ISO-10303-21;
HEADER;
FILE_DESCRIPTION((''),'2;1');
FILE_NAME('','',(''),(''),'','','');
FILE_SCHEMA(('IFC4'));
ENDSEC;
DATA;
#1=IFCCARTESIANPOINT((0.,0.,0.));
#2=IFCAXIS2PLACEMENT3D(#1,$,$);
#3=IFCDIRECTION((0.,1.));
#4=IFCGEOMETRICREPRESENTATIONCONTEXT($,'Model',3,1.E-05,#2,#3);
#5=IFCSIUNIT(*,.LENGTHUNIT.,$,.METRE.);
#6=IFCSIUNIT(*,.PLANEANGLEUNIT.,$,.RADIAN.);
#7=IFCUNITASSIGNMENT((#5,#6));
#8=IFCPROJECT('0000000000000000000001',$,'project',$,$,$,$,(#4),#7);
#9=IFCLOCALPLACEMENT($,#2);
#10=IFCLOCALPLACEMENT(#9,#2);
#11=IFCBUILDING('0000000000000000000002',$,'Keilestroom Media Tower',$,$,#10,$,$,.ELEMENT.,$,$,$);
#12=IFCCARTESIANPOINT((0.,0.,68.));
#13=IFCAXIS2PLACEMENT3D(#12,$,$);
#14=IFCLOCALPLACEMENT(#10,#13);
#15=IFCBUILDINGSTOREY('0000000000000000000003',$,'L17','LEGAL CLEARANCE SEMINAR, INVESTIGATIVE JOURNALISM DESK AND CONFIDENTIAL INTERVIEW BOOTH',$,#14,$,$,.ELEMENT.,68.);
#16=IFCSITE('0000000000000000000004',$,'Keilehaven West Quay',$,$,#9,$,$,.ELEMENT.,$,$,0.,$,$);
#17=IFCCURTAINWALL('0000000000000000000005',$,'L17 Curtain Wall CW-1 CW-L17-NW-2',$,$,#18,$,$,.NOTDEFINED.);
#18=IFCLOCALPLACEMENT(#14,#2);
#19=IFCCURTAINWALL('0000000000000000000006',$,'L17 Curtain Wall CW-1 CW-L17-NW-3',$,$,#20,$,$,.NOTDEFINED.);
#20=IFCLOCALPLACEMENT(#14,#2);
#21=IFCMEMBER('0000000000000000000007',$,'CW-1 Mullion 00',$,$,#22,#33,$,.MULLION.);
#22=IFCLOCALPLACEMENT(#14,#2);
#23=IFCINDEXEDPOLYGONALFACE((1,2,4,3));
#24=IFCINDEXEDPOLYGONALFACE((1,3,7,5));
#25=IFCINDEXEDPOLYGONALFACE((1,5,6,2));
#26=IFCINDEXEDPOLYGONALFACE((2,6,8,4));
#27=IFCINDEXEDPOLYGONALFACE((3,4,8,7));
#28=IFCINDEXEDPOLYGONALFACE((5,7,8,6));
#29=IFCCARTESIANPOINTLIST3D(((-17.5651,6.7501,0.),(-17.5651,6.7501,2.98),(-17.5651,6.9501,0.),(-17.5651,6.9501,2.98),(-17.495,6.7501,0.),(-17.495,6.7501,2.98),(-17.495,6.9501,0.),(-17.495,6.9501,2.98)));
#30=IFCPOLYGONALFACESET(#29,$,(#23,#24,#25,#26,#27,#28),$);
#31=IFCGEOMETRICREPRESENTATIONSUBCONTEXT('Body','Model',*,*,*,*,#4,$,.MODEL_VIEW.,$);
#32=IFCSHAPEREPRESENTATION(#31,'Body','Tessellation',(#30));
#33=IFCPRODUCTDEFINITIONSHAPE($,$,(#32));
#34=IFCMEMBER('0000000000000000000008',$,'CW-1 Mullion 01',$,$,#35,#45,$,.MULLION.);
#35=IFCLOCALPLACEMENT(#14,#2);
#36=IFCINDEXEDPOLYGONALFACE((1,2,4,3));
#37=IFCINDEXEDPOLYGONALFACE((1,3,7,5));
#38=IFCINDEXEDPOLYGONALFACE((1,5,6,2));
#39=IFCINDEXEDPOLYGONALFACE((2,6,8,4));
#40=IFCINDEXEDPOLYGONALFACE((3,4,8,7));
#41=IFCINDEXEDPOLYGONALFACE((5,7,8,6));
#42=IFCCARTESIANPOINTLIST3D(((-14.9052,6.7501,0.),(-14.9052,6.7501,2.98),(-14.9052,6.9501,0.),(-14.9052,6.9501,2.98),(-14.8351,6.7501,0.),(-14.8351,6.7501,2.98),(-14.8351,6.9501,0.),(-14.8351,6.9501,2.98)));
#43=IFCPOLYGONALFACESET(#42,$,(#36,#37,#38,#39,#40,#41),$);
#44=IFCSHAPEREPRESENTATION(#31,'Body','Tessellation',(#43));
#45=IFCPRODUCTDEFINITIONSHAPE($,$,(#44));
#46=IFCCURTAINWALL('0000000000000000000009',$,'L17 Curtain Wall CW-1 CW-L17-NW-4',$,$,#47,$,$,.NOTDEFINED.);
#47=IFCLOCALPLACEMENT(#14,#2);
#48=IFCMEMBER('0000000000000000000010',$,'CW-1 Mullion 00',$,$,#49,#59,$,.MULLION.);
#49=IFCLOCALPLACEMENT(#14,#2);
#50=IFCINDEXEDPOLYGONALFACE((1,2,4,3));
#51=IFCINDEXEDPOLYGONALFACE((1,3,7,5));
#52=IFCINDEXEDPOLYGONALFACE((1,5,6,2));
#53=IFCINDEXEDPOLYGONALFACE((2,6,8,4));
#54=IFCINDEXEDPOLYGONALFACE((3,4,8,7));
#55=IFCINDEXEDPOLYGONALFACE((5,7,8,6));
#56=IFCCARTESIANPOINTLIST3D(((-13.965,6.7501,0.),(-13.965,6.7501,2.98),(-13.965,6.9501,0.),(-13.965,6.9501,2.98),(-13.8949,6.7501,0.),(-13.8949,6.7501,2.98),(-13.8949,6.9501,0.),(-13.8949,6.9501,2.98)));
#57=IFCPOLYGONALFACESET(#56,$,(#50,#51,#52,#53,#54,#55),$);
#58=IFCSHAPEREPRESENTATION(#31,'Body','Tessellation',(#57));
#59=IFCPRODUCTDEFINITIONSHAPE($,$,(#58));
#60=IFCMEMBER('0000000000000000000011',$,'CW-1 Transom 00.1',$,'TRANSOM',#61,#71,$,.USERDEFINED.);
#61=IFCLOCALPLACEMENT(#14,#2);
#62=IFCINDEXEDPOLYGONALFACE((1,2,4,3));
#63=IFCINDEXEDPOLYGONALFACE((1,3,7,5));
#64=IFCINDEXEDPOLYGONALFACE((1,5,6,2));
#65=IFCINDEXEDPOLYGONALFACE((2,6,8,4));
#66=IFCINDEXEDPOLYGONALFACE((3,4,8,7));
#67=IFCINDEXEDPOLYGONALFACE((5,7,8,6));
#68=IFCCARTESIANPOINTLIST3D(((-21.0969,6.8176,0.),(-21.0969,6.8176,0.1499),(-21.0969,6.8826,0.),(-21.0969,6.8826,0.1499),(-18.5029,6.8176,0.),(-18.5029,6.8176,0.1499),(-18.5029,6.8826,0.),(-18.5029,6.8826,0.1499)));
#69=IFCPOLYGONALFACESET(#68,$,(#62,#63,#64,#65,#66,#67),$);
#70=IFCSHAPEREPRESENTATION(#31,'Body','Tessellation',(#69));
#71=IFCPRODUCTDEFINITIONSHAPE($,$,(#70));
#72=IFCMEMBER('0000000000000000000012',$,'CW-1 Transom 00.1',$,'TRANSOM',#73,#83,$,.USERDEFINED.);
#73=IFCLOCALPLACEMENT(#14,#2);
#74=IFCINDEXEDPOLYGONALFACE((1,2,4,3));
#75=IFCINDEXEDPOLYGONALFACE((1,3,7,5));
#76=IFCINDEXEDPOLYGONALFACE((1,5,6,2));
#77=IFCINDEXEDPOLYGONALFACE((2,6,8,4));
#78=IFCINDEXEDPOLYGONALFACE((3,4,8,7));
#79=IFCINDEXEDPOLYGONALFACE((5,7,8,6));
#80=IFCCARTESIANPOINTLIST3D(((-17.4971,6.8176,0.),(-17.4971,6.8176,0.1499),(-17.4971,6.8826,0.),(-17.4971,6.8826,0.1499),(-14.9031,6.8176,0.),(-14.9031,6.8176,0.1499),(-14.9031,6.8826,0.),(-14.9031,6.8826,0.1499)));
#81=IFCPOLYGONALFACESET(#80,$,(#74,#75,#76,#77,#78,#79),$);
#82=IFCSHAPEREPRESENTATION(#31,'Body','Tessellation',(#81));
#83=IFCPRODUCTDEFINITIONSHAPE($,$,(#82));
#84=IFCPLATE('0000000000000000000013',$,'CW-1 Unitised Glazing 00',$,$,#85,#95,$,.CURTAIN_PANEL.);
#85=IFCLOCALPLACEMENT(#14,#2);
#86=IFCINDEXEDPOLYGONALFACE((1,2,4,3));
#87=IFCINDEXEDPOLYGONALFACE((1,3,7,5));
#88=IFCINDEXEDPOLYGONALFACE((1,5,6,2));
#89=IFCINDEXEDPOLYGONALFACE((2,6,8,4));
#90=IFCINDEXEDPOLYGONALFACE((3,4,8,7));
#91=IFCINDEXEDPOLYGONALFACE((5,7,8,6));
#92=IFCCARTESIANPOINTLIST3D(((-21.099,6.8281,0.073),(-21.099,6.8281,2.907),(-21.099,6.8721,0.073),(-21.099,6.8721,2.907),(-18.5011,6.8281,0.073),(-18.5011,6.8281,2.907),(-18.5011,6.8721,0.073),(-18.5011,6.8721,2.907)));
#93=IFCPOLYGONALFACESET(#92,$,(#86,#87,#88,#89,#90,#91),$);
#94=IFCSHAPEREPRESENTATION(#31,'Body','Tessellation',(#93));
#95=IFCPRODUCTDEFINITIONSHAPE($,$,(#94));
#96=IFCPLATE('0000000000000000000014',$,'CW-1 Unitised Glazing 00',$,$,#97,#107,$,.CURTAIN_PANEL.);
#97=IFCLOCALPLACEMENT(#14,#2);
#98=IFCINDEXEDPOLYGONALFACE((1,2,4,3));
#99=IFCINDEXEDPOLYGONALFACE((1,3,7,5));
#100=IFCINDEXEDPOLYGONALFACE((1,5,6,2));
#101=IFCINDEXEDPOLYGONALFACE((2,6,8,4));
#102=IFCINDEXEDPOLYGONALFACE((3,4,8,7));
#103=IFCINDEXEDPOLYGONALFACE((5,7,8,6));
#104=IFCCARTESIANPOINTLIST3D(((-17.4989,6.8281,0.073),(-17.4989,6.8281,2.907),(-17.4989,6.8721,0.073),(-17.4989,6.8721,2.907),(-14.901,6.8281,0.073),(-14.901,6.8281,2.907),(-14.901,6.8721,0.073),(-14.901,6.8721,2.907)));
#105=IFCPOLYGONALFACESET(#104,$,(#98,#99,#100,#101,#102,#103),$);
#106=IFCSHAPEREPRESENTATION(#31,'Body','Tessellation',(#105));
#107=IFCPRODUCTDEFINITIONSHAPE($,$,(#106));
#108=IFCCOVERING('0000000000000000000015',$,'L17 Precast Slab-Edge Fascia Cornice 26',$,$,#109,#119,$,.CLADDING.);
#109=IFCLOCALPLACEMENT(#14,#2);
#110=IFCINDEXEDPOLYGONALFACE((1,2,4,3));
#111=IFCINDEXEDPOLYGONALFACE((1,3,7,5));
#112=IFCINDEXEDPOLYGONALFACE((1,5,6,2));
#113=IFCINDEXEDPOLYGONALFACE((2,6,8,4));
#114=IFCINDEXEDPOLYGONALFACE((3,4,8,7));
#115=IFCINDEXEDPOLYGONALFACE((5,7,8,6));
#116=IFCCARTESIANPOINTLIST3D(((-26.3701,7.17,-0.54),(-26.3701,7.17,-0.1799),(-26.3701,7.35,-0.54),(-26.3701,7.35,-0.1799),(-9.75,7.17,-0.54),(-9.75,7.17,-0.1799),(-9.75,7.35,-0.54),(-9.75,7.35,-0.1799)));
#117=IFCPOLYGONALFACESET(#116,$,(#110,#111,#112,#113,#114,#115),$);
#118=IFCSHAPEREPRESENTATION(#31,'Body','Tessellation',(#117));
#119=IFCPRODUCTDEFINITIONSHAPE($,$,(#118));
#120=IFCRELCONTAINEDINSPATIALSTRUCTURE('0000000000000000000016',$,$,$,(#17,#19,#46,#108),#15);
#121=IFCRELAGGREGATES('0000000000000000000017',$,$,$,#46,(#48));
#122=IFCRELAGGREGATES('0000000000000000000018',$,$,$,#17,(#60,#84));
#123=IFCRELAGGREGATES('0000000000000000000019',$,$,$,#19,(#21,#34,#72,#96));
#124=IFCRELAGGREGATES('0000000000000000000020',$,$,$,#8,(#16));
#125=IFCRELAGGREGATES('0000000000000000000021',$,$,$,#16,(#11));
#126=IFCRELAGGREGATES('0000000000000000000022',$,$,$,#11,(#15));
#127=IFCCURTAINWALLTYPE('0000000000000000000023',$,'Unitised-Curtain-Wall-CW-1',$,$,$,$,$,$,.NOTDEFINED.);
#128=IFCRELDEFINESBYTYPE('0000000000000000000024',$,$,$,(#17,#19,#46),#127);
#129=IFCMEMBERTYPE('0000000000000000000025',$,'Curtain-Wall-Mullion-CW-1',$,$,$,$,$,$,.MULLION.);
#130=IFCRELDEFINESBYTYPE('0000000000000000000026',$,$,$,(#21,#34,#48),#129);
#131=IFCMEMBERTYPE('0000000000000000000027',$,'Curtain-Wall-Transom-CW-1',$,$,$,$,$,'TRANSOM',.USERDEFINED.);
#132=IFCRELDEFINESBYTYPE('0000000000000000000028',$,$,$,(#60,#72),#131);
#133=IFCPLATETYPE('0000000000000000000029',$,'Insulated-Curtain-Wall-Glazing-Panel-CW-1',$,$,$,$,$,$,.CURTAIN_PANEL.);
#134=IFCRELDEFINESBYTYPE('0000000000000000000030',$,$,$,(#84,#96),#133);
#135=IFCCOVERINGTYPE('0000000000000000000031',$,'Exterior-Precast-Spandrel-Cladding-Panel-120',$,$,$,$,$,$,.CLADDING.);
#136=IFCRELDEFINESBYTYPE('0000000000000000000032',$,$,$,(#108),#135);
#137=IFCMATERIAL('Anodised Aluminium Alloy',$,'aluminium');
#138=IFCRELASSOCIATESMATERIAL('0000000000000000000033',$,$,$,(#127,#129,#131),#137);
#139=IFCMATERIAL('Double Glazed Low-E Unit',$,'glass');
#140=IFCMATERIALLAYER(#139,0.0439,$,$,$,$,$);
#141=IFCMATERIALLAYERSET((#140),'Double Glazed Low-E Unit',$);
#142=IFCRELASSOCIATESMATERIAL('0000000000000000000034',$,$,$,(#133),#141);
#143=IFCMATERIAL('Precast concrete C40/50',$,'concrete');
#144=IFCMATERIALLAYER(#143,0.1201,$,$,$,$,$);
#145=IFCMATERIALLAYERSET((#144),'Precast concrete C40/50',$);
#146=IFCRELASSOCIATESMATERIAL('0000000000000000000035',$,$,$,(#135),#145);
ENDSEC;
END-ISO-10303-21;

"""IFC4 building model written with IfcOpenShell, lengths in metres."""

from ifc_helpers import new_model, si_unit, direction, frame, origin, origin_2d, place, context, subcontext, project, spatial, rectangle, extrude, source, transform, mapped, material, layer, layer_set, material_profile, profile_set, type_object, element, aggregate, save


model = new_model("IFC4")

# Units and contexts
model_context = context("Model", 3, precision=1e-05, world=origin(), true_north=direction((0.0, 1.0)))
body_context = subcontext(model_context, "Body", "Model", "MODEL_VIEW")
ifc_project = project(units=[si_unit("LENGTHUNIT", "METRE"), si_unit("PLANEANGLEUNIT", "RADIAN")], contexts=[model_context])

# Site, building, storey
site_placement = place(None, origin())
site = spatial("IfcSite", under=ifc_project, at=site_placement, Name="Keilehaven West Quay", CompositionType="ELEMENT", RefElevation=0.0)
building_placement = place(site_placement, origin())
building = spatial("IfcBuilding", under=site, at=building_placement, Name="Keilestroom Media Tower", CompositionType="ELEMENT")
storey_placement = place(building_placement, frame((0.0, 0.0, 68.0)))
storey = spatial("IfcBuildingStorey", under=building, at=storey_placement, Name="L17", Description="LEGAL CLEARANCE SEMINAR, INVESTIGATIVE JOURNALISM DESK AND CONFIDENTIAL INTERVIEW BOOTH", CompositionType="ELEMENT", Elevation=68.0)

# Shared definitions
ifc_material_1 = material(Name="Precast concrete C40/50", Category="concrete")

# Shared definitions
ifc_material_2 = material(Name="Anodised Aluminium Alloy", Category="aluminium")
curtain_wall_type = type_object("IfcCurtainWallType", Name="Unitised-Curtain-Wall-CW-1", PredefinedType="NOTDEFINED", material=ifc_material_2)
ifc_material_profile_1 = material_profile(ifc_material_2, rectangle(XDim=0.0701, YDim=0.2, at=origin_2d()), Name="ALU MULLION 70x200")
ifc_profile_set_1 = profile_set([ifc_material_profile_1], Name="Anodised Aluminium Alloy")
member_type_1 = type_object("IfcMemberType", Name="Curtain-Wall-Mullion-CW-1", PredefinedType="MULLION", material=ifc_profile_set_1)
shared_shape_1 = source(origin(), body_context, "Body", "SweptSolid", [
    extrude(rectangle(XDim=0.0701, YDim=0.2, at=origin_2d()), origin(), (0.0, 0.0, 1.0), 2.98),
])

# Curtain walls, members
curtain_wall_1_placement = place(storey_placement, origin())
curtain_wall_1 = element("IfcCurtainWall", 1, at=curtain_wall_1_placement, inside=storey, type_object=curtain_wall_type, Name="L17 Curtain Wall CW-1 CW-L17-NW-2", PredefinedType="NOTDEFINED")
curtain_wall_2_placement = place(storey_placement, origin())
curtain_wall_2 = element("IfcCurtainWall", 2, at=curtain_wall_2_placement, inside=storey, type_object=curtain_wall_type, Name="L17 Curtain Wall CW-1 CW-L17-NW-3", PredefinedType="NOTDEFINED")
member_1_placement = place(storey_placement, frame((-17.53, 6.8501, 0.0), z_axis=(0.0, 0.0, 1.0), x_axis=(1.0, 0.0, 0.0)))
member_1 = element("IfcMember", 3, at=member_1_placement, type_object=member_type_1, Name="CW-1 Mullion 00", PredefinedType="MULLION", context=body_context, shape_type="MappedRepresentation", body=[
    mapped(shared_shape_1, transform((0.0, 0.0, 0.0), x_axis=(1.0, 0.0, 0.0), y_axis=(0.0, 1.0, 0.0), z_axis=(0.0, 0.0, 1.0), scale=1.0)),
])
member_2_placement = place(storey_placement, frame((-14.8701, 6.8501, 0.0), z_axis=(0.0, 0.0, 1.0), x_axis=(1.0, 0.0, 0.0)))
member_2 = element("IfcMember", 4, at=member_2_placement, type_object=member_type_1, Name="CW-1 Mullion 01", PredefinedType="MULLION", context=body_context, shape_type="MappedRepresentation", body=[
    mapped(shared_shape_1, transform((0.0, 0.0, 0.0), x_axis=(1.0, 0.0, 0.0), y_axis=(0.0, 1.0, 0.0), z_axis=(0.0, 0.0, 1.0), scale=1.0)),
])

# Curtain wall, member
curtain_wall_3_placement = place(storey_placement, origin())
curtain_wall_3 = element("IfcCurtainWall", 5, at=curtain_wall_3_placement, inside=storey, type_object=curtain_wall_type, Name="L17 Curtain Wall CW-1 CW-L17-NW-4", PredefinedType="NOTDEFINED")
member_3_placement = place(storey_placement, frame((-13.9299, 6.8501, 0.0), z_axis=(0.0, 0.0, 1.0), x_axis=(1.0, 0.0, 0.0)))
member_3 = element("IfcMember", 6, at=member_3_placement, type_object=member_type_1, Name="CW-1 Mullion 00", PredefinedType="MULLION", context=body_context, shape_type="MappedRepresentation", body=[
    mapped(shared_shape_1, transform((0.0, 0.0, 0.0), x_axis=(1.0, 0.0, 0.0), y_axis=(0.0, 1.0, 0.0), z_axis=(0.0, 0.0, 1.0), scale=1.0)),
])
aggregate(curtain_wall_3, [member_3])

# Members
ifc_material_profile_2 = material_profile(ifc_material_2, rectangle(XDim=0.0649, YDim=0.1499, at=origin_2d()), Name="ALU TRANSOM 65x150")
ifc_profile_set_2 = profile_set([ifc_material_profile_2], Name="Anodised Aluminium Alloy")
member_type_2 = type_object("IfcMemberType", Name="Curtain-Wall-Transom-CW-1", ElementType="TRANSOM", PredefinedType="USERDEFINED", material=ifc_profile_set_2)
shared_shape_2 = source(origin(), body_context, "Body", "SweptSolid", [
    extrude(rectangle(XDim=0.0649, YDim=0.1499, at=origin_2d()), origin(), (0.0, 0.0, 1.0), 2.594),
])
member_4_placement = place(storey_placement, frame((-21.0969, 6.8501, 0.075), z_axis=(1.0, 0.0, 0.0), x_axis=(0.0, 1.0, 0.0)))
member_4 = element("IfcMember", 7, at=member_4_placement, type_object=member_type_2, Name="CW-1 Transom 00.1", ObjectType="TRANSOM", PredefinedType="USERDEFINED", context=body_context, shape_type="MappedRepresentation", body=[
    mapped(shared_shape_2, transform((0.0, 0.0, 0.0), x_axis=(1.0, 0.0, 0.0), y_axis=(0.0, 1.0, 0.0), z_axis=(0.0, 0.0, 1.0), scale=1.0)),
])
member_5_placement = place(storey_placement, frame((-17.4971, 6.8501, 0.075), z_axis=(1.0, 0.0, 0.0), x_axis=(0.0, 1.0, 0.0)))
member_5 = element("IfcMember", 8, at=member_5_placement, type_object=member_type_2, Name="CW-1 Transom 00.1", ObjectType="TRANSOM", PredefinedType="USERDEFINED", context=body_context, shape_type="MappedRepresentation", body=[
    mapped(shared_shape_2, transform((0.0, 0.0, 0.0), x_axis=(1.0, 0.0, 0.0), y_axis=(0.0, 1.0, 0.0), z_axis=(0.0, 0.0, 1.0), scale=1.0)),
])

# Plates
ifc_material_3 = material(Name="Double Glazed Low-E Unit", Category="glass")
ifc_layer_1 = layer(ifc_material_3, 0.0439)
ifc_layer_set_1 = layer_set([ifc_layer_1], Name="Double Glazed Low-E Unit")
plate_type = type_object("IfcPlateType", Name="Insulated-Curtain-Wall-Glazing-Panel-CW-1", PredefinedType="CURTAIN_PANEL", material=ifc_layer_set_1)
shared_shape_3 = source(origin(), body_context, "Body", "SweptSolid", [
    extrude(rectangle(XDim=2.5979, YDim=0.0439, at=origin_2d()), origin(), (0.0, 0.0, 1.0), 2.834),
])
plate_1_placement = place(storey_placement, frame((-19.8, 6.8501, 0.073), z_axis=(0.0, 0.0, 1.0), x_axis=(1.0, 0.0, 0.0)))
plate_1 = element("IfcPlate", 9, at=plate_1_placement, type_object=plate_type, Name="CW-1 Unitised Glazing 00", PredefinedType="CURTAIN_PANEL", context=body_context, shape_type="MappedRepresentation", body=[
    mapped(shared_shape_3, transform((0.0, 0.0, 0.0), x_axis=(1.0, 0.0, 0.0), y_axis=(0.0, 1.0, 0.0), z_axis=(0.0, 0.0, 1.0), scale=1.0)),
])
aggregate(curtain_wall_1, [member_4, plate_1])
plate_2_placement = place(storey_placement, frame((-16.2, 6.8501, 0.073), z_axis=(0.0, 0.0, 1.0), x_axis=(1.0, 0.0, 0.0)))
plate_2 = element("IfcPlate", 10, at=plate_2_placement, type_object=plate_type, Name="CW-1 Unitised Glazing 00", PredefinedType="CURTAIN_PANEL", context=body_context, shape_type="MappedRepresentation", body=[
    mapped(shared_shape_3, transform((0.0, 0.0, 0.0), x_axis=(1.0, 0.0, 0.0), y_axis=(0.0, 1.0, 0.0), z_axis=(0.0, 0.0, 1.0), scale=1.0)),
])
aggregate(curtain_wall_2, [member_1, member_2, member_5, plate_2])

# Covering
ifc_layer_2 = layer(ifc_material_1, 0.1201)
ifc_layer_set_2 = layer_set([ifc_layer_2], Name="Precast concrete C40/50")
covering_type = type_object("IfcCoveringType", Name="Exterior-Precast-Spandrel-Cladding-Panel-120", PredefinedType="CLADDING", material=ifc_layer_set_2)
shared_shape_4 = source(origin(), body_context, "Body", "SweptSolid", [
    extrude(rectangle(XDim=16.6201, YDim=0.1799, at=origin_2d()), origin(), (0.0, 0.0, 1.0), 0.3601),
])
covering_placement = place(storey_placement, frame((-18.0601, 7.26, -0.54), z_axis=(0.0, 0.0, 1.0), x_axis=(1.0, 0.0, 0.0)))
element("IfcCovering", 11, at=covering_placement, inside=storey, type_object=covering_type, Name="L17 Precast Slab-Edge Fascia Cornice 26", PredefinedType="CLADDING", context=body_context, shape_type="MappedRepresentation", body=[
    mapped(shared_shape_4, transform((0.0, 0.0, 0.0), x_axis=(1.0, 0.0, 0.0), y_axis=(0.0, 1.0, 0.0), z_axis=(0.0, 0.0, 1.0), scale=1.0)),
])

save(model, "model.ifc")
